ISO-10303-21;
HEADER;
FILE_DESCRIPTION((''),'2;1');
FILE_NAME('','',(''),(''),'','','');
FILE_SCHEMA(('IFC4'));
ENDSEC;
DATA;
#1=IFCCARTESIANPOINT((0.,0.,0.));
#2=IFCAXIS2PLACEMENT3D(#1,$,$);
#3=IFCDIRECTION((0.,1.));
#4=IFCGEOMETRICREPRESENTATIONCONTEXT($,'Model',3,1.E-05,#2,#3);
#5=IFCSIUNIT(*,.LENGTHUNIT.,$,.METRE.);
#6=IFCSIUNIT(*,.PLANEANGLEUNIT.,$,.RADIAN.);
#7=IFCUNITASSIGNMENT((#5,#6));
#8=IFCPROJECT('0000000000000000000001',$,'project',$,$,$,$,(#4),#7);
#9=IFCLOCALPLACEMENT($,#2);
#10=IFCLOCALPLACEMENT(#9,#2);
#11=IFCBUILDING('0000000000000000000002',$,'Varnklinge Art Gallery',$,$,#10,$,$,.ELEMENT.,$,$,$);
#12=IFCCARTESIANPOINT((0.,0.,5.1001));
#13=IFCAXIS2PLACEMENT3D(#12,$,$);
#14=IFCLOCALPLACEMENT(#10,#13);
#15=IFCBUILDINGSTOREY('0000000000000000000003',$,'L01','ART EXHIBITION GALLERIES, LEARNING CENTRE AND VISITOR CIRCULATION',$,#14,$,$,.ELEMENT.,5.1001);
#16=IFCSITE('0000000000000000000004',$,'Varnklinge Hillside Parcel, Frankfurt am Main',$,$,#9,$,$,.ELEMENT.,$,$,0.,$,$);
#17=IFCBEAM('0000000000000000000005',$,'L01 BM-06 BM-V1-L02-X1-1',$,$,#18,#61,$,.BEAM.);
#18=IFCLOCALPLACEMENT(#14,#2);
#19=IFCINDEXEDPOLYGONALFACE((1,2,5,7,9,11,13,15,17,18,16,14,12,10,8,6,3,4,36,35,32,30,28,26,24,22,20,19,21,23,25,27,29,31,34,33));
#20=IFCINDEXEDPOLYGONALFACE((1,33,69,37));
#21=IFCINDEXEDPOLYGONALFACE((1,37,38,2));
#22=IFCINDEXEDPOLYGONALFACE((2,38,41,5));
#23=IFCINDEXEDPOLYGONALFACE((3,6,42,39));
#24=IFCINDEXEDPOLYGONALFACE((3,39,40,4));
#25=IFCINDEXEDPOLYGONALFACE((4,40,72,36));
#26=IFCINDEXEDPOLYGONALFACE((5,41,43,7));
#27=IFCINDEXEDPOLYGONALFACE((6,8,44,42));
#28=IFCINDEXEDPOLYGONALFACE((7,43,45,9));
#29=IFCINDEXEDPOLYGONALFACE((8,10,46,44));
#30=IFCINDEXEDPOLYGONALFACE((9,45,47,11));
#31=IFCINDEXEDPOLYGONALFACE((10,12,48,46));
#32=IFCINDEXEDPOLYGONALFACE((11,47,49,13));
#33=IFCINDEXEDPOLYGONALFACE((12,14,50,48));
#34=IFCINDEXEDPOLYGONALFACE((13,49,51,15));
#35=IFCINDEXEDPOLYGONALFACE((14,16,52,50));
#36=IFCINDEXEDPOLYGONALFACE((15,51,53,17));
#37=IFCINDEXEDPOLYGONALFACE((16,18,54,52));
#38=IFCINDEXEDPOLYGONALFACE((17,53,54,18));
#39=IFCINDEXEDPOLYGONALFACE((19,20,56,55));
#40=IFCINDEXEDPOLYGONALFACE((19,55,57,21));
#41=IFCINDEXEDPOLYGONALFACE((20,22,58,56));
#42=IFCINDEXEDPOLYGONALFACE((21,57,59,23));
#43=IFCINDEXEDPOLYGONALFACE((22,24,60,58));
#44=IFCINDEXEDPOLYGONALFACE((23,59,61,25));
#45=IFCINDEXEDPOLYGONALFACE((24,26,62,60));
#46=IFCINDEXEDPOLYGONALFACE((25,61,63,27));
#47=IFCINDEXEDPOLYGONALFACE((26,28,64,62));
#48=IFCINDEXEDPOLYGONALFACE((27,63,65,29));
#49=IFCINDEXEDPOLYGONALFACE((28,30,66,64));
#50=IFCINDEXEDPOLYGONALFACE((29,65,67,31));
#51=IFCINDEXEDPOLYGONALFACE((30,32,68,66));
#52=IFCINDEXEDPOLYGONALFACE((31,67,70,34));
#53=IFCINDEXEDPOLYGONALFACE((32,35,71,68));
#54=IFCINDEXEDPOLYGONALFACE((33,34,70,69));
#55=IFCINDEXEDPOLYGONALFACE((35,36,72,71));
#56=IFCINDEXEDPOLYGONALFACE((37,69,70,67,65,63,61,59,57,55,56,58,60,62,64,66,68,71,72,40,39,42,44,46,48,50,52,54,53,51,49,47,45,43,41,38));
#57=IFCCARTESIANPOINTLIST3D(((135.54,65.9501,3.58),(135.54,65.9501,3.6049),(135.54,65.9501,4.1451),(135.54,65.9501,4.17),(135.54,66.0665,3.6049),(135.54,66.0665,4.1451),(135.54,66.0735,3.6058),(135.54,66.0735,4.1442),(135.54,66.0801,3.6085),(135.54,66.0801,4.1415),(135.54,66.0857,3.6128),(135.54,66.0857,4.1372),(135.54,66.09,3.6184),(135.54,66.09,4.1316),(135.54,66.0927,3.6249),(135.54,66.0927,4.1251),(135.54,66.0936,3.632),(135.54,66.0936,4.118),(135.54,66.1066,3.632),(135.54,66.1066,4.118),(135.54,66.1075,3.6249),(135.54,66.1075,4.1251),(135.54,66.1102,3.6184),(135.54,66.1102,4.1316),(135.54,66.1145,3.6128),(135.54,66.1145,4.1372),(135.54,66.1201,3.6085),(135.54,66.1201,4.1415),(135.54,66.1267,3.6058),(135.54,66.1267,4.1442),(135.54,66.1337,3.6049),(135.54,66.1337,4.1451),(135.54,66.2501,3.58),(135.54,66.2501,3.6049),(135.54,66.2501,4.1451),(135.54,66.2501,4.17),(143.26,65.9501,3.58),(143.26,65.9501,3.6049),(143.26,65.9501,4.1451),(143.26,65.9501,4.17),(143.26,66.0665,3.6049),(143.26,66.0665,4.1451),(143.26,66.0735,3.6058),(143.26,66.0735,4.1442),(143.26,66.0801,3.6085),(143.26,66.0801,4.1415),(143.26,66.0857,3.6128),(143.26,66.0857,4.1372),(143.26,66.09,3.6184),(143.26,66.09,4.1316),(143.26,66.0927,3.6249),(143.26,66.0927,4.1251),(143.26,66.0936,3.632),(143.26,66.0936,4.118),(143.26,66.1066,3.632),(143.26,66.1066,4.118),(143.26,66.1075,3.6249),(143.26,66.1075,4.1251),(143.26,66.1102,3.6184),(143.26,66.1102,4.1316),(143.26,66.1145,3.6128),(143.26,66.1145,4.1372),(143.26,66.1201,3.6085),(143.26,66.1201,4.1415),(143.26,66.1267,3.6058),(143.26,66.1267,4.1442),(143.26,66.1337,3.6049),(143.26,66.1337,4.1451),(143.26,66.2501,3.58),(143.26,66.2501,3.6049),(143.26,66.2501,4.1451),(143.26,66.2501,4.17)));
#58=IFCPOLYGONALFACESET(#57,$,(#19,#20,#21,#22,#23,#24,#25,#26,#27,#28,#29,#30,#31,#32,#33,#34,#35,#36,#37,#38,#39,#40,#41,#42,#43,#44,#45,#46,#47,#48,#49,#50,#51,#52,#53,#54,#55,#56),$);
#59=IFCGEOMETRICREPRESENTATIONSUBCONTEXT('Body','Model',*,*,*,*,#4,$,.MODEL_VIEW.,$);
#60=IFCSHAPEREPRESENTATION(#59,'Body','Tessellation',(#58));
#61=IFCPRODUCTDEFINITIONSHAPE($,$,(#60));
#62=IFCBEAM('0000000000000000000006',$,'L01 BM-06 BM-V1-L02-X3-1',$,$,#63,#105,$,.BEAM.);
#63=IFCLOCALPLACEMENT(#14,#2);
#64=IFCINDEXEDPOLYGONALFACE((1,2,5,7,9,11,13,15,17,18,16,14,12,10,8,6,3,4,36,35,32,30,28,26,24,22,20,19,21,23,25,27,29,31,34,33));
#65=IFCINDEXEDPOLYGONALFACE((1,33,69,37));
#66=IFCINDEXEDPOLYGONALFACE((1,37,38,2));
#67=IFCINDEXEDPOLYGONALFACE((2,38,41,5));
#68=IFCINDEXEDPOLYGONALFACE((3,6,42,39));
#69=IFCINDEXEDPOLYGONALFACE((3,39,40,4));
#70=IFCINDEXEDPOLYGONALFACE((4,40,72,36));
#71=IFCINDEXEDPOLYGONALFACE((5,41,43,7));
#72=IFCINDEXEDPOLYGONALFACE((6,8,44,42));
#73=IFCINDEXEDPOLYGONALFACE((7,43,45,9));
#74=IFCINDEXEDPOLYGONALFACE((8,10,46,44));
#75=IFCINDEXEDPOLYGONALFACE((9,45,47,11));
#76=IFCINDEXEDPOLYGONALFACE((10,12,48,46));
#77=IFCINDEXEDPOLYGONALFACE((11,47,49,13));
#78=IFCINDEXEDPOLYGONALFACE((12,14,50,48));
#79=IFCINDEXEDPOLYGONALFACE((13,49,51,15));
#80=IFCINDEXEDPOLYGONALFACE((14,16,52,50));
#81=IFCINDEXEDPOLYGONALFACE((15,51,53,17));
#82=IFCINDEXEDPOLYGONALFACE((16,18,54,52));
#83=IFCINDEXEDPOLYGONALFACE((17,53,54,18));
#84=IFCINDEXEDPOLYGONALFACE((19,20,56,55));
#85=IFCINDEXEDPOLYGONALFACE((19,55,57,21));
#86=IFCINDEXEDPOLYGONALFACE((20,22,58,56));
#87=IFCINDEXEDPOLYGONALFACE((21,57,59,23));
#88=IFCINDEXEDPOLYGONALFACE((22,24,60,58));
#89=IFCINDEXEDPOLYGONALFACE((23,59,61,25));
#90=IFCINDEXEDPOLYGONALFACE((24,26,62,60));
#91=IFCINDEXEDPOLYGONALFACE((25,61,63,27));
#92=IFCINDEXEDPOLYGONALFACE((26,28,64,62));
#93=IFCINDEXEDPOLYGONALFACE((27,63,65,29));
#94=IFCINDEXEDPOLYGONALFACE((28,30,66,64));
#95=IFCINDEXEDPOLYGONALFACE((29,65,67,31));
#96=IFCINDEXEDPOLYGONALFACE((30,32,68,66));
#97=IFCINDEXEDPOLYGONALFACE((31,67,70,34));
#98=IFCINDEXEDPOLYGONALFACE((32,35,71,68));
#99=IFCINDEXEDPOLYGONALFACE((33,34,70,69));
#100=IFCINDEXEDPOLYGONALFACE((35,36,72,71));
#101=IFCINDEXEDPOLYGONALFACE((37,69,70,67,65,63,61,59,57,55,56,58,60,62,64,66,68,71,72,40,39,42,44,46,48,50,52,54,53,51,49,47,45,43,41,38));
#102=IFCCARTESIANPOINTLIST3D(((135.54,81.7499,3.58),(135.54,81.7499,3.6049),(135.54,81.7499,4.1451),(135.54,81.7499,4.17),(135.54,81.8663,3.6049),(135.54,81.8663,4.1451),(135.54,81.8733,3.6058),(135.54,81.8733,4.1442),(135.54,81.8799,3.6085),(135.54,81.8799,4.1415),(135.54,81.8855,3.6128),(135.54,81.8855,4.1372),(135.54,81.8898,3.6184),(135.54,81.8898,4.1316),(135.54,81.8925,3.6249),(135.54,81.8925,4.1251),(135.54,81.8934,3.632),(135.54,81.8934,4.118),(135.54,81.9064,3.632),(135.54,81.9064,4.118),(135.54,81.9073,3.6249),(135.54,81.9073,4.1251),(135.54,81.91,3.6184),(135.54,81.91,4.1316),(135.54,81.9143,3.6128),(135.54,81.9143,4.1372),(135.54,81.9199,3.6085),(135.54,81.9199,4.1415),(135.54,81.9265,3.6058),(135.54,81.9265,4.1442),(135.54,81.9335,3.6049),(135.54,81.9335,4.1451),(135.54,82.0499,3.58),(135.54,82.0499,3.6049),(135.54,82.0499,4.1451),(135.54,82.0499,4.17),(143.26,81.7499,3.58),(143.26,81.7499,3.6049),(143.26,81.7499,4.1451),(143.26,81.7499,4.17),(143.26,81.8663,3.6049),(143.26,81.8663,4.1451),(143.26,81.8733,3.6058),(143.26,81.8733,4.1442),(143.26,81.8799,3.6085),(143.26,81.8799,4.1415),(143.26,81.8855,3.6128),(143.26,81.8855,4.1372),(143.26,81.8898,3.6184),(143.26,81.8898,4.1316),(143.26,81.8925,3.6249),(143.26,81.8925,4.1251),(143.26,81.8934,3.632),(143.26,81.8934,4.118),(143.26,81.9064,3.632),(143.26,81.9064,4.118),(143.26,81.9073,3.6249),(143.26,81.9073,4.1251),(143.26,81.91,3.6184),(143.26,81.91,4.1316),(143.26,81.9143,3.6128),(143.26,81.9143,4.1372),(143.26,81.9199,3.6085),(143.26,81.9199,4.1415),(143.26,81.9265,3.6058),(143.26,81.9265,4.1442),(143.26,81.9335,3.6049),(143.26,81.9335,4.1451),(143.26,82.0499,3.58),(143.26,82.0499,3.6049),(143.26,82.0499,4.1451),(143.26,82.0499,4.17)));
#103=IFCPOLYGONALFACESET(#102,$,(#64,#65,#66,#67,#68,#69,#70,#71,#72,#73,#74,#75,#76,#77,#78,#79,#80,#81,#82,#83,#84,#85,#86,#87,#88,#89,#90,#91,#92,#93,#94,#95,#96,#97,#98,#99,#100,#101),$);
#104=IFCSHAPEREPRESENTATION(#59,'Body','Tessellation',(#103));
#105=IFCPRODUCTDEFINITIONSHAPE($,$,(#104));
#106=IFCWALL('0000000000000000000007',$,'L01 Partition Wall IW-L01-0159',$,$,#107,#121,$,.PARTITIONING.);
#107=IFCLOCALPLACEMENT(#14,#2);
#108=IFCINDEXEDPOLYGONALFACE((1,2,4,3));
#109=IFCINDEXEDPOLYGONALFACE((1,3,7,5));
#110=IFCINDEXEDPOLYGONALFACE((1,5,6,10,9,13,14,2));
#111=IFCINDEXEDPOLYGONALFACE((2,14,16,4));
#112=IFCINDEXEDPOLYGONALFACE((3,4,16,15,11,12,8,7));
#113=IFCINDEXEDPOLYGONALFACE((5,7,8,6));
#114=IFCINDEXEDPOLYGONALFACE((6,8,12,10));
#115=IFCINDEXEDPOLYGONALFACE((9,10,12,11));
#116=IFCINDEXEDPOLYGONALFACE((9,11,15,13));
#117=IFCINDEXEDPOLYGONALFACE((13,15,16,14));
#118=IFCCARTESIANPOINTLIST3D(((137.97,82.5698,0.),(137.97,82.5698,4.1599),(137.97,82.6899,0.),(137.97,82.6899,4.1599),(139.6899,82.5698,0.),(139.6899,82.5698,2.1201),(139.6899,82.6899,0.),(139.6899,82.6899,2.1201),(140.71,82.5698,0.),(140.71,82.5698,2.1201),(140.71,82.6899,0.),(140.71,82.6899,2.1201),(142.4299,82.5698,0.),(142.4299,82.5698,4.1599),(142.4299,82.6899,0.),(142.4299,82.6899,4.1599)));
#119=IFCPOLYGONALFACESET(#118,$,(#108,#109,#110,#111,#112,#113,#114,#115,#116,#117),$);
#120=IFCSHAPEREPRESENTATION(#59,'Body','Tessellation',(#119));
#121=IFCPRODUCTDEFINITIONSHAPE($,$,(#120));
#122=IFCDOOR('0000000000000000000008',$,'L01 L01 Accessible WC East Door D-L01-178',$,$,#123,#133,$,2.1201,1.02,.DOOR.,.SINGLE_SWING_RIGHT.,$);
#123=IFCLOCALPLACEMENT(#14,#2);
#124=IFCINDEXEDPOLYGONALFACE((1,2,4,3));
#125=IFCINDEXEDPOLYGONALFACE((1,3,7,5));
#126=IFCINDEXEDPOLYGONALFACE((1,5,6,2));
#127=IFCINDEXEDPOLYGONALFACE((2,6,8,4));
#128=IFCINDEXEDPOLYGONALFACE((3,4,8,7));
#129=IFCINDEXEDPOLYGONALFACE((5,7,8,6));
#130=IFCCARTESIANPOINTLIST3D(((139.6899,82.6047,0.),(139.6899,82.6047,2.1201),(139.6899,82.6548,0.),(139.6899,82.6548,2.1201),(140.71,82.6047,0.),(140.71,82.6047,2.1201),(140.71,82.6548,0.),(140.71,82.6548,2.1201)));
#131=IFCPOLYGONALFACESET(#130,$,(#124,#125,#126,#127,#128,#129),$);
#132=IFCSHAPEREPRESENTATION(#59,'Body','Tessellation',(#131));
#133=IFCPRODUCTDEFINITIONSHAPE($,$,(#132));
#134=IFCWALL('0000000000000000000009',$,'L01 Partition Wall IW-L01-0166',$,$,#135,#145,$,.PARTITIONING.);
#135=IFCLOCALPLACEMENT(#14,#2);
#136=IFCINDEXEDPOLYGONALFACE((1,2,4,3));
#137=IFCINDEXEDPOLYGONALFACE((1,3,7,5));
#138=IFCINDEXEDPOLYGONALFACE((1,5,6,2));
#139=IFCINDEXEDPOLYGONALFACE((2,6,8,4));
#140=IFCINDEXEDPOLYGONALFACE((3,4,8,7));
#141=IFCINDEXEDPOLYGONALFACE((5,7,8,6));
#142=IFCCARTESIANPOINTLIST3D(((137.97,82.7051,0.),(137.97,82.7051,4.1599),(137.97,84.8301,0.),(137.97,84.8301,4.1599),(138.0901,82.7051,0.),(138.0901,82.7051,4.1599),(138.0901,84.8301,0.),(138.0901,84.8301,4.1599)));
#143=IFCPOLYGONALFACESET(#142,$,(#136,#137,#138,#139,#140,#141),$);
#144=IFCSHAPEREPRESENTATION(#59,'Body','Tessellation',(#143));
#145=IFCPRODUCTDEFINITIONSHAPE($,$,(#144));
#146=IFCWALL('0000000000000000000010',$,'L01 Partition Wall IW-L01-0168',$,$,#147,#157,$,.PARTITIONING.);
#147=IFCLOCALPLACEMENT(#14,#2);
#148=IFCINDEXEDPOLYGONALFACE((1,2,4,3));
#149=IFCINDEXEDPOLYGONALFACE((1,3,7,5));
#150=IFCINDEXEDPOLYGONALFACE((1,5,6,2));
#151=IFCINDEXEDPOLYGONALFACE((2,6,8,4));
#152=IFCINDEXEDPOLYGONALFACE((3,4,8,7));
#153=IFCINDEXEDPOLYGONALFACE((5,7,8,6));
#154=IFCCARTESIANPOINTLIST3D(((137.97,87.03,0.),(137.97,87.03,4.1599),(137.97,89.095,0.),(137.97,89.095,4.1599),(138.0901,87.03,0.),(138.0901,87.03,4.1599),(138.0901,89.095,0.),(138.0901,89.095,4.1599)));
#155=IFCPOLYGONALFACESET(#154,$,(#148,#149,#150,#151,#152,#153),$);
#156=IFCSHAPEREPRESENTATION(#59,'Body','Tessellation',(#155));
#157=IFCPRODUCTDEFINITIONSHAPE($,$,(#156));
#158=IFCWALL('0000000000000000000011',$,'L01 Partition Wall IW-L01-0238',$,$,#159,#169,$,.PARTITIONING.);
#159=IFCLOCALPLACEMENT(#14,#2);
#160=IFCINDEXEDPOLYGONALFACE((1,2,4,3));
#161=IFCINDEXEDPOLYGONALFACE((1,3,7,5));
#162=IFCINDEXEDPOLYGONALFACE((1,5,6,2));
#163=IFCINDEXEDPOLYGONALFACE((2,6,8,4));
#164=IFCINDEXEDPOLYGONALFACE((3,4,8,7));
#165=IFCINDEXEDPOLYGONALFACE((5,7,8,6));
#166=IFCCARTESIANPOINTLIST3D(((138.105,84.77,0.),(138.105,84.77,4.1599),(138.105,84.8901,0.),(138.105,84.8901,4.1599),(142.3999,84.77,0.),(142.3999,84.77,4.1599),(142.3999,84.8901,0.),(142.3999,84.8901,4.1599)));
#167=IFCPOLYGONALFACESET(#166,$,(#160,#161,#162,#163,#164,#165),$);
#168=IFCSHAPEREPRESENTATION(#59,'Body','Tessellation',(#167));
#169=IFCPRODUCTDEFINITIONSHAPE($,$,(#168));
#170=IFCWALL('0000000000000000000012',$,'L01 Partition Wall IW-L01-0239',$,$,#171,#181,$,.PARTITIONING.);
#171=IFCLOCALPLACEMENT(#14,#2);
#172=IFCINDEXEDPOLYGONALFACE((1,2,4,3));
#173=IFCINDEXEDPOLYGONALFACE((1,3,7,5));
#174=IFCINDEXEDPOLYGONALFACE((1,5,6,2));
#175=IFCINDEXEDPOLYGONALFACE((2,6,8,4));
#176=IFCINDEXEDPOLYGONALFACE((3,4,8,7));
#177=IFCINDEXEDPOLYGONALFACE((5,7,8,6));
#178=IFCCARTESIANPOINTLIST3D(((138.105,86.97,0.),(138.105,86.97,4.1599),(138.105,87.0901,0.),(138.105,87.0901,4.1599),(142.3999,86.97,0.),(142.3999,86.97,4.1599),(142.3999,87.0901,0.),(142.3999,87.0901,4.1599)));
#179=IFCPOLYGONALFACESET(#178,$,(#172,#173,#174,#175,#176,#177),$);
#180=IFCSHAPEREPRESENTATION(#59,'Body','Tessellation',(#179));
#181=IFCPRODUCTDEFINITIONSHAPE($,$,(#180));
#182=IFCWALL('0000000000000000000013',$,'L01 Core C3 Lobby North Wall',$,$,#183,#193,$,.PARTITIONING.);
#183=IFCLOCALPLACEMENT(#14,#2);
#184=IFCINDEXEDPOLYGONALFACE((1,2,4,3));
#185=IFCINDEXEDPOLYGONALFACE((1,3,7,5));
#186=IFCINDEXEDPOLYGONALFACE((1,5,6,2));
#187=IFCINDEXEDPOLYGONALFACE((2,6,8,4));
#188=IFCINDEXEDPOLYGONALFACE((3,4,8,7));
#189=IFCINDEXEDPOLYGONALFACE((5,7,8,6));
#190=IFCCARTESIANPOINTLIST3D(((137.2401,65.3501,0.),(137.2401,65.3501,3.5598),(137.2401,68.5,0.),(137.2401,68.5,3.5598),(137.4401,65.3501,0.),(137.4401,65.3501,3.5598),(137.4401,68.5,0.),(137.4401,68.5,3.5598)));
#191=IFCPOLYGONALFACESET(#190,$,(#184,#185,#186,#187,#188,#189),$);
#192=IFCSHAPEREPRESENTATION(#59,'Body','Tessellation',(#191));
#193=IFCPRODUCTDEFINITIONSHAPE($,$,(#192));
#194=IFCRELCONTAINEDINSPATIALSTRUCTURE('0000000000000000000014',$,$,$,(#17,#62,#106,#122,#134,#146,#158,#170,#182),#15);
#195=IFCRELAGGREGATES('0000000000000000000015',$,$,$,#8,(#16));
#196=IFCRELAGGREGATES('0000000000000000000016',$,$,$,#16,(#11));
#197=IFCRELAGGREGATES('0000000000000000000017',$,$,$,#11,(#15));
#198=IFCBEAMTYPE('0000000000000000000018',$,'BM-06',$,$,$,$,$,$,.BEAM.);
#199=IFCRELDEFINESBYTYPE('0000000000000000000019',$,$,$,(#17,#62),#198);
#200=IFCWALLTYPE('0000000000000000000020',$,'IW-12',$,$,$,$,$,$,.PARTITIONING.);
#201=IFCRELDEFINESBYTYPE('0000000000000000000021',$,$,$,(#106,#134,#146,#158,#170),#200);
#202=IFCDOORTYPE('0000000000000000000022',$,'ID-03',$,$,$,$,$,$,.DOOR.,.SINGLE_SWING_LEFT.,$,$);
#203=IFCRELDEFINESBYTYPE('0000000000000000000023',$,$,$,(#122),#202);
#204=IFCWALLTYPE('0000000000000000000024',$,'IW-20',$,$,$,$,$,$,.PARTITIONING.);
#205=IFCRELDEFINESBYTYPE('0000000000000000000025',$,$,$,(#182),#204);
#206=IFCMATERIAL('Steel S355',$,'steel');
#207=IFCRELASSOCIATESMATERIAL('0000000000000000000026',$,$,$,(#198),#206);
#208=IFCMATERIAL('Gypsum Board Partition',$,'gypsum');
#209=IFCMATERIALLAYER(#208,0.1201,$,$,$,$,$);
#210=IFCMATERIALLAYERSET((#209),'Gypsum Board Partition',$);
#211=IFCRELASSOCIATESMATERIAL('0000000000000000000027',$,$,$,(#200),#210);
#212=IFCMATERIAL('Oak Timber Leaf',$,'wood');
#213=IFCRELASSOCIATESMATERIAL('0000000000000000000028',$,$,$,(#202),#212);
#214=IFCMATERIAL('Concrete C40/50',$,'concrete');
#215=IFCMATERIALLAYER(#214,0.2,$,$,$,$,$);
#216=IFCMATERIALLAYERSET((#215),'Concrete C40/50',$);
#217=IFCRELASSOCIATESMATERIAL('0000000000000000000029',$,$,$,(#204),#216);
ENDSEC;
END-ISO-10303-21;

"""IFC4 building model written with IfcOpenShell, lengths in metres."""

from ifc_helpers import new_model, si_unit, direction, frame, frame_2d, origin, origin_2d, place, context, subcontext, project, spatial, rectangle, i_section, extrude, material, layer, layer_set, material_profile, profile_set, type_object, element, fill, save


model = new_model("IFC4")

# Units and contexts
model_context = context("Model", 3, precision=1e-05, world=origin(), true_north=direction((0.0, 1.0)))
body_context = subcontext(model_context, "Body", "Model", "MODEL_VIEW")
ifc_project = project(units=[si_unit("LENGTHUNIT", "METRE"), si_unit("PLANEANGLEUNIT", "RADIAN")], contexts=[model_context])

# Site, building, storey
site_placement = place(None, origin())
site = spatial("IfcSite", under=ifc_project, at=site_placement, Name="Varnklinge Hillside Parcel, Frankfurt am Main", CompositionType="ELEMENT", RefElevation=0.0)
building_placement = place(site_placement, origin())
building = spatial("IfcBuilding", under=site, at=building_placement, Name="Varnklinge Art Gallery", CompositionType="ELEMENT")
storey_placement = place(building_placement, frame((0.0, 0.0, 5.1001)))
storey = spatial("IfcBuildingStorey", under=building, at=storey_placement, Name="L01", Description="ART EXHIBITION GALLERIES, LEARNING CENTRE AND VISITOR CIRCULATION", CompositionType="ELEMENT", Elevation=5.1001)

# Beams
ifc_material_1 = material(Name="Steel S355", Category="steel")
ifc_material_profile_1 = material_profile(ifc_material_1, i_section(OverallWidth=0.3, OverallDepth=0.5901, WebThickness=0.0129, FlangeThickness=0.0249, FilletRadius=0.0271, at=origin_2d()), Name="HEA 600")
ifc_profile_set_1 = profile_set([ifc_material_profile_1], Name="Steel S355")
beam_type_1 = type_object("IfcBeamType", Name="BM-06", PredefinedType="BEAM", material=ifc_profile_set_1)
for number, where, z_axis, x_axis, name in (
    (1, (135.54, 66.1001, 3.875), (1.0, 0.0, 0.0), (0.0, 1.0, 0.0), "L01 BM-06 BM-V1-L02-X1-1"),
    (2, (135.54, 81.8999, 3.875), (1.0, 0.0, 0.0), (0.0, 1.0, 0.0), "L01 BM-06 BM-V1-L02-X3-1"),
):
    element("IfcBeam", number, at=place(storey_placement, frame(where, z_axis=z_axis, x_axis=x_axis)), inside=storey, type_object=beam_type_1, Name=name, PredefinedType="BEAM", context=body_context, shape_type="SweptSolid", body=[
        extrude(i_section(OverallWidth=0.3, OverallDepth=0.5901, WebThickness=0.0129, FlangeThickness=0.0249, FilletRadius=0.0271, at=origin_2d()), origin(), (0.0, 0.0, 1.0), 7.72),
    ])

# Wall, opening, door
ifc_material_2 = material(Name="Gypsum Board Partition", Category="gypsum")
ifc_layer_1 = layer(ifc_material_2, 0.1201)
ifc_layer_set_1 = layer_set([ifc_layer_1], Name="Gypsum Board Partition")
wall_type_1 = type_object("IfcWallType", Name="IW-12", PredefinedType="PARTITIONING", material=ifc_layer_set_1)
wall_1_placement = place(storey_placement, frame((137.97, 82.6299, 0.0), z_axis=(0.0, 0.0, 1.0), x_axis=(1.0, 0.0, 0.0)))
wall_1 = element("IfcWall", 3, at=wall_1_placement, inside=storey, type_object=wall_type_1, Name="L01 Partition Wall IW-L01-0159", PredefinedType="PARTITIONING", context=body_context, shape_type="SweptSolid", body=[
    extrude(rectangle(XDim=4.46, YDim=0.1201, at=frame_2d((2.23, 0.0))), origin(), (0.0, 0.0, 1.0), 4.1599),
])
opening_1_placement = place(wall_1_placement, frame((1.72, 0.0, 0.0)))
opening_1 = element("IfcOpeningElement", 4, at=opening_1_placement, cuts=wall_1, PredefinedType="OPENING", context=body_context, shape_type="SweptSolid", body=[
    extrude(rectangle(XDim=1.02, YDim=2.1201, at=frame_2d((0.51, 1.0601))), frame((0.0, 0.0701, 0.0), z_axis=(0.0, -1.0, 0.0), x_axis=(1.0, 0.0, 0.0)), (0.0, 0.0, 1.0), 0.1401),
])
ifc_material_3 = material(Name="Oak Timber Leaf", Category="wood")
door_type_1 = type_object("IfcDoorType", Name="ID-03", OperationType="SINGLE_SWING_LEFT", PredefinedType="DOOR", material=ifc_material_3)
door_1_placement = place(opening_1_placement, origin())
door_1 = element("IfcDoor", 5, at=door_1_placement, inside=storey, type_object=door_type_1, Name="L01 L01 Accessible WC East Door D-L01-178", OperationType="SINGLE_SWING_RIGHT", OverallHeight=2.1201, OverallWidth=1.02, PredefinedType="DOOR", context=body_context, shape_type="SweptSolid", body=[
    extrude(rectangle(XDim=1.02, YDim=2.1201, at=frame_2d((0.51, 1.0601))), frame((0.0, 0.0249, 0.0), z_axis=(0.0, -1.0, 0.0), x_axis=(1.0, 0.0, 0.0)), (0.0, 0.0, 1.0), 0.05),
])
fill(opening_1, door_1)

# Wall
wall_2_placement = place(storey_placement, frame((138.03, 84.8301, 0.0), z_axis=(0.0, 0.0, 1.0), x_axis=(0.0, -1.0, 0.0)))
element("IfcWall", 6, at=wall_2_placement, inside=storey, type_object=wall_type_1, Name="L01 Partition Wall IW-L01-0166", PredefinedType="PARTITIONING", context=body_context, shape_type="SweptSolid", body=[
    extrude(rectangle(XDim=2.125, YDim=0.1201, at=frame_2d((1.0625, 0.0))), origin(), (0.0, 0.0, 1.0), 4.1599),
])

# Walls
wall_3_placement = place(storey_placement, frame((138.03, 89.095, 0.0), z_axis=(0.0, 0.0, 1.0), x_axis=(0.0, -1.0, 0.0)))
element("IfcWall", 7, at=wall_3_placement, inside=storey, type_object=wall_type_1, Name="L01 Partition Wall IW-L01-0168", PredefinedType="PARTITIONING", context=body_context, shape_type="SweptSolid", body=[
    extrude(rectangle(XDim=2.0649, YDim=0.1201, at=frame_2d((1.0325, 0.0))), origin(), (0.0, 0.0, 1.0), 4.1599),
])
for number, where, z_axis, x_axis, name in (
    (8, (138.105, 84.8301, 0.0), (0.0, 0.0, 1.0), (1.0, 0.0, 0.0), "L01 Partition Wall IW-L01-0238"),
    (9, (138.105, 87.03, 0.0), (0.0, 0.0, 1.0), (1.0, 0.0, 0.0), "L01 Partition Wall IW-L01-0239"),
):
    element("IfcWall", number, at=place(storey_placement, frame(where, z_axis=z_axis, x_axis=x_axis)), inside=storey, type_object=wall_type_1, Name=name, PredefinedType="PARTITIONING", context=body_context, shape_type="SweptSolid", body=[
        extrude(rectangle(XDim=4.2949, YDim=0.1201, at=frame_2d((2.1475, 0.0))), origin(), (0.0, 0.0, 1.0), 4.1599),
    ])
ifc_material_4 = material(Name="Concrete C40/50", Category="concrete")
ifc_layer_2 = layer(ifc_material_4, 0.2)
ifc_layer_set_2 = layer_set([ifc_layer_2], Name="Concrete C40/50")
wall_type_2 = type_object("IfcWallType", Name="IW-20", PredefinedType="PARTITIONING", material=ifc_layer_set_2)
wall_4_placement = place(storey_placement, frame((137.3401, 68.5, 0.0), z_axis=(0.0, 0.0, 1.0), x_axis=(0.0, -1.0, 0.0)))
element("IfcWall", 10, at=wall_4_placement, inside=storey, type_object=wall_type_2, Name="L01 Core C3 Lobby North Wall", PredefinedType="PARTITIONING", context=body_context, shape_type="SweptSolid", body=[
    extrude(rectangle(XDim=3.1499, YDim=0.2, at=frame_2d((1.575, 0.0))), origin(), (0.0, 0.0, 1.0), 3.5598),
])

save(model, "model.ifc")
